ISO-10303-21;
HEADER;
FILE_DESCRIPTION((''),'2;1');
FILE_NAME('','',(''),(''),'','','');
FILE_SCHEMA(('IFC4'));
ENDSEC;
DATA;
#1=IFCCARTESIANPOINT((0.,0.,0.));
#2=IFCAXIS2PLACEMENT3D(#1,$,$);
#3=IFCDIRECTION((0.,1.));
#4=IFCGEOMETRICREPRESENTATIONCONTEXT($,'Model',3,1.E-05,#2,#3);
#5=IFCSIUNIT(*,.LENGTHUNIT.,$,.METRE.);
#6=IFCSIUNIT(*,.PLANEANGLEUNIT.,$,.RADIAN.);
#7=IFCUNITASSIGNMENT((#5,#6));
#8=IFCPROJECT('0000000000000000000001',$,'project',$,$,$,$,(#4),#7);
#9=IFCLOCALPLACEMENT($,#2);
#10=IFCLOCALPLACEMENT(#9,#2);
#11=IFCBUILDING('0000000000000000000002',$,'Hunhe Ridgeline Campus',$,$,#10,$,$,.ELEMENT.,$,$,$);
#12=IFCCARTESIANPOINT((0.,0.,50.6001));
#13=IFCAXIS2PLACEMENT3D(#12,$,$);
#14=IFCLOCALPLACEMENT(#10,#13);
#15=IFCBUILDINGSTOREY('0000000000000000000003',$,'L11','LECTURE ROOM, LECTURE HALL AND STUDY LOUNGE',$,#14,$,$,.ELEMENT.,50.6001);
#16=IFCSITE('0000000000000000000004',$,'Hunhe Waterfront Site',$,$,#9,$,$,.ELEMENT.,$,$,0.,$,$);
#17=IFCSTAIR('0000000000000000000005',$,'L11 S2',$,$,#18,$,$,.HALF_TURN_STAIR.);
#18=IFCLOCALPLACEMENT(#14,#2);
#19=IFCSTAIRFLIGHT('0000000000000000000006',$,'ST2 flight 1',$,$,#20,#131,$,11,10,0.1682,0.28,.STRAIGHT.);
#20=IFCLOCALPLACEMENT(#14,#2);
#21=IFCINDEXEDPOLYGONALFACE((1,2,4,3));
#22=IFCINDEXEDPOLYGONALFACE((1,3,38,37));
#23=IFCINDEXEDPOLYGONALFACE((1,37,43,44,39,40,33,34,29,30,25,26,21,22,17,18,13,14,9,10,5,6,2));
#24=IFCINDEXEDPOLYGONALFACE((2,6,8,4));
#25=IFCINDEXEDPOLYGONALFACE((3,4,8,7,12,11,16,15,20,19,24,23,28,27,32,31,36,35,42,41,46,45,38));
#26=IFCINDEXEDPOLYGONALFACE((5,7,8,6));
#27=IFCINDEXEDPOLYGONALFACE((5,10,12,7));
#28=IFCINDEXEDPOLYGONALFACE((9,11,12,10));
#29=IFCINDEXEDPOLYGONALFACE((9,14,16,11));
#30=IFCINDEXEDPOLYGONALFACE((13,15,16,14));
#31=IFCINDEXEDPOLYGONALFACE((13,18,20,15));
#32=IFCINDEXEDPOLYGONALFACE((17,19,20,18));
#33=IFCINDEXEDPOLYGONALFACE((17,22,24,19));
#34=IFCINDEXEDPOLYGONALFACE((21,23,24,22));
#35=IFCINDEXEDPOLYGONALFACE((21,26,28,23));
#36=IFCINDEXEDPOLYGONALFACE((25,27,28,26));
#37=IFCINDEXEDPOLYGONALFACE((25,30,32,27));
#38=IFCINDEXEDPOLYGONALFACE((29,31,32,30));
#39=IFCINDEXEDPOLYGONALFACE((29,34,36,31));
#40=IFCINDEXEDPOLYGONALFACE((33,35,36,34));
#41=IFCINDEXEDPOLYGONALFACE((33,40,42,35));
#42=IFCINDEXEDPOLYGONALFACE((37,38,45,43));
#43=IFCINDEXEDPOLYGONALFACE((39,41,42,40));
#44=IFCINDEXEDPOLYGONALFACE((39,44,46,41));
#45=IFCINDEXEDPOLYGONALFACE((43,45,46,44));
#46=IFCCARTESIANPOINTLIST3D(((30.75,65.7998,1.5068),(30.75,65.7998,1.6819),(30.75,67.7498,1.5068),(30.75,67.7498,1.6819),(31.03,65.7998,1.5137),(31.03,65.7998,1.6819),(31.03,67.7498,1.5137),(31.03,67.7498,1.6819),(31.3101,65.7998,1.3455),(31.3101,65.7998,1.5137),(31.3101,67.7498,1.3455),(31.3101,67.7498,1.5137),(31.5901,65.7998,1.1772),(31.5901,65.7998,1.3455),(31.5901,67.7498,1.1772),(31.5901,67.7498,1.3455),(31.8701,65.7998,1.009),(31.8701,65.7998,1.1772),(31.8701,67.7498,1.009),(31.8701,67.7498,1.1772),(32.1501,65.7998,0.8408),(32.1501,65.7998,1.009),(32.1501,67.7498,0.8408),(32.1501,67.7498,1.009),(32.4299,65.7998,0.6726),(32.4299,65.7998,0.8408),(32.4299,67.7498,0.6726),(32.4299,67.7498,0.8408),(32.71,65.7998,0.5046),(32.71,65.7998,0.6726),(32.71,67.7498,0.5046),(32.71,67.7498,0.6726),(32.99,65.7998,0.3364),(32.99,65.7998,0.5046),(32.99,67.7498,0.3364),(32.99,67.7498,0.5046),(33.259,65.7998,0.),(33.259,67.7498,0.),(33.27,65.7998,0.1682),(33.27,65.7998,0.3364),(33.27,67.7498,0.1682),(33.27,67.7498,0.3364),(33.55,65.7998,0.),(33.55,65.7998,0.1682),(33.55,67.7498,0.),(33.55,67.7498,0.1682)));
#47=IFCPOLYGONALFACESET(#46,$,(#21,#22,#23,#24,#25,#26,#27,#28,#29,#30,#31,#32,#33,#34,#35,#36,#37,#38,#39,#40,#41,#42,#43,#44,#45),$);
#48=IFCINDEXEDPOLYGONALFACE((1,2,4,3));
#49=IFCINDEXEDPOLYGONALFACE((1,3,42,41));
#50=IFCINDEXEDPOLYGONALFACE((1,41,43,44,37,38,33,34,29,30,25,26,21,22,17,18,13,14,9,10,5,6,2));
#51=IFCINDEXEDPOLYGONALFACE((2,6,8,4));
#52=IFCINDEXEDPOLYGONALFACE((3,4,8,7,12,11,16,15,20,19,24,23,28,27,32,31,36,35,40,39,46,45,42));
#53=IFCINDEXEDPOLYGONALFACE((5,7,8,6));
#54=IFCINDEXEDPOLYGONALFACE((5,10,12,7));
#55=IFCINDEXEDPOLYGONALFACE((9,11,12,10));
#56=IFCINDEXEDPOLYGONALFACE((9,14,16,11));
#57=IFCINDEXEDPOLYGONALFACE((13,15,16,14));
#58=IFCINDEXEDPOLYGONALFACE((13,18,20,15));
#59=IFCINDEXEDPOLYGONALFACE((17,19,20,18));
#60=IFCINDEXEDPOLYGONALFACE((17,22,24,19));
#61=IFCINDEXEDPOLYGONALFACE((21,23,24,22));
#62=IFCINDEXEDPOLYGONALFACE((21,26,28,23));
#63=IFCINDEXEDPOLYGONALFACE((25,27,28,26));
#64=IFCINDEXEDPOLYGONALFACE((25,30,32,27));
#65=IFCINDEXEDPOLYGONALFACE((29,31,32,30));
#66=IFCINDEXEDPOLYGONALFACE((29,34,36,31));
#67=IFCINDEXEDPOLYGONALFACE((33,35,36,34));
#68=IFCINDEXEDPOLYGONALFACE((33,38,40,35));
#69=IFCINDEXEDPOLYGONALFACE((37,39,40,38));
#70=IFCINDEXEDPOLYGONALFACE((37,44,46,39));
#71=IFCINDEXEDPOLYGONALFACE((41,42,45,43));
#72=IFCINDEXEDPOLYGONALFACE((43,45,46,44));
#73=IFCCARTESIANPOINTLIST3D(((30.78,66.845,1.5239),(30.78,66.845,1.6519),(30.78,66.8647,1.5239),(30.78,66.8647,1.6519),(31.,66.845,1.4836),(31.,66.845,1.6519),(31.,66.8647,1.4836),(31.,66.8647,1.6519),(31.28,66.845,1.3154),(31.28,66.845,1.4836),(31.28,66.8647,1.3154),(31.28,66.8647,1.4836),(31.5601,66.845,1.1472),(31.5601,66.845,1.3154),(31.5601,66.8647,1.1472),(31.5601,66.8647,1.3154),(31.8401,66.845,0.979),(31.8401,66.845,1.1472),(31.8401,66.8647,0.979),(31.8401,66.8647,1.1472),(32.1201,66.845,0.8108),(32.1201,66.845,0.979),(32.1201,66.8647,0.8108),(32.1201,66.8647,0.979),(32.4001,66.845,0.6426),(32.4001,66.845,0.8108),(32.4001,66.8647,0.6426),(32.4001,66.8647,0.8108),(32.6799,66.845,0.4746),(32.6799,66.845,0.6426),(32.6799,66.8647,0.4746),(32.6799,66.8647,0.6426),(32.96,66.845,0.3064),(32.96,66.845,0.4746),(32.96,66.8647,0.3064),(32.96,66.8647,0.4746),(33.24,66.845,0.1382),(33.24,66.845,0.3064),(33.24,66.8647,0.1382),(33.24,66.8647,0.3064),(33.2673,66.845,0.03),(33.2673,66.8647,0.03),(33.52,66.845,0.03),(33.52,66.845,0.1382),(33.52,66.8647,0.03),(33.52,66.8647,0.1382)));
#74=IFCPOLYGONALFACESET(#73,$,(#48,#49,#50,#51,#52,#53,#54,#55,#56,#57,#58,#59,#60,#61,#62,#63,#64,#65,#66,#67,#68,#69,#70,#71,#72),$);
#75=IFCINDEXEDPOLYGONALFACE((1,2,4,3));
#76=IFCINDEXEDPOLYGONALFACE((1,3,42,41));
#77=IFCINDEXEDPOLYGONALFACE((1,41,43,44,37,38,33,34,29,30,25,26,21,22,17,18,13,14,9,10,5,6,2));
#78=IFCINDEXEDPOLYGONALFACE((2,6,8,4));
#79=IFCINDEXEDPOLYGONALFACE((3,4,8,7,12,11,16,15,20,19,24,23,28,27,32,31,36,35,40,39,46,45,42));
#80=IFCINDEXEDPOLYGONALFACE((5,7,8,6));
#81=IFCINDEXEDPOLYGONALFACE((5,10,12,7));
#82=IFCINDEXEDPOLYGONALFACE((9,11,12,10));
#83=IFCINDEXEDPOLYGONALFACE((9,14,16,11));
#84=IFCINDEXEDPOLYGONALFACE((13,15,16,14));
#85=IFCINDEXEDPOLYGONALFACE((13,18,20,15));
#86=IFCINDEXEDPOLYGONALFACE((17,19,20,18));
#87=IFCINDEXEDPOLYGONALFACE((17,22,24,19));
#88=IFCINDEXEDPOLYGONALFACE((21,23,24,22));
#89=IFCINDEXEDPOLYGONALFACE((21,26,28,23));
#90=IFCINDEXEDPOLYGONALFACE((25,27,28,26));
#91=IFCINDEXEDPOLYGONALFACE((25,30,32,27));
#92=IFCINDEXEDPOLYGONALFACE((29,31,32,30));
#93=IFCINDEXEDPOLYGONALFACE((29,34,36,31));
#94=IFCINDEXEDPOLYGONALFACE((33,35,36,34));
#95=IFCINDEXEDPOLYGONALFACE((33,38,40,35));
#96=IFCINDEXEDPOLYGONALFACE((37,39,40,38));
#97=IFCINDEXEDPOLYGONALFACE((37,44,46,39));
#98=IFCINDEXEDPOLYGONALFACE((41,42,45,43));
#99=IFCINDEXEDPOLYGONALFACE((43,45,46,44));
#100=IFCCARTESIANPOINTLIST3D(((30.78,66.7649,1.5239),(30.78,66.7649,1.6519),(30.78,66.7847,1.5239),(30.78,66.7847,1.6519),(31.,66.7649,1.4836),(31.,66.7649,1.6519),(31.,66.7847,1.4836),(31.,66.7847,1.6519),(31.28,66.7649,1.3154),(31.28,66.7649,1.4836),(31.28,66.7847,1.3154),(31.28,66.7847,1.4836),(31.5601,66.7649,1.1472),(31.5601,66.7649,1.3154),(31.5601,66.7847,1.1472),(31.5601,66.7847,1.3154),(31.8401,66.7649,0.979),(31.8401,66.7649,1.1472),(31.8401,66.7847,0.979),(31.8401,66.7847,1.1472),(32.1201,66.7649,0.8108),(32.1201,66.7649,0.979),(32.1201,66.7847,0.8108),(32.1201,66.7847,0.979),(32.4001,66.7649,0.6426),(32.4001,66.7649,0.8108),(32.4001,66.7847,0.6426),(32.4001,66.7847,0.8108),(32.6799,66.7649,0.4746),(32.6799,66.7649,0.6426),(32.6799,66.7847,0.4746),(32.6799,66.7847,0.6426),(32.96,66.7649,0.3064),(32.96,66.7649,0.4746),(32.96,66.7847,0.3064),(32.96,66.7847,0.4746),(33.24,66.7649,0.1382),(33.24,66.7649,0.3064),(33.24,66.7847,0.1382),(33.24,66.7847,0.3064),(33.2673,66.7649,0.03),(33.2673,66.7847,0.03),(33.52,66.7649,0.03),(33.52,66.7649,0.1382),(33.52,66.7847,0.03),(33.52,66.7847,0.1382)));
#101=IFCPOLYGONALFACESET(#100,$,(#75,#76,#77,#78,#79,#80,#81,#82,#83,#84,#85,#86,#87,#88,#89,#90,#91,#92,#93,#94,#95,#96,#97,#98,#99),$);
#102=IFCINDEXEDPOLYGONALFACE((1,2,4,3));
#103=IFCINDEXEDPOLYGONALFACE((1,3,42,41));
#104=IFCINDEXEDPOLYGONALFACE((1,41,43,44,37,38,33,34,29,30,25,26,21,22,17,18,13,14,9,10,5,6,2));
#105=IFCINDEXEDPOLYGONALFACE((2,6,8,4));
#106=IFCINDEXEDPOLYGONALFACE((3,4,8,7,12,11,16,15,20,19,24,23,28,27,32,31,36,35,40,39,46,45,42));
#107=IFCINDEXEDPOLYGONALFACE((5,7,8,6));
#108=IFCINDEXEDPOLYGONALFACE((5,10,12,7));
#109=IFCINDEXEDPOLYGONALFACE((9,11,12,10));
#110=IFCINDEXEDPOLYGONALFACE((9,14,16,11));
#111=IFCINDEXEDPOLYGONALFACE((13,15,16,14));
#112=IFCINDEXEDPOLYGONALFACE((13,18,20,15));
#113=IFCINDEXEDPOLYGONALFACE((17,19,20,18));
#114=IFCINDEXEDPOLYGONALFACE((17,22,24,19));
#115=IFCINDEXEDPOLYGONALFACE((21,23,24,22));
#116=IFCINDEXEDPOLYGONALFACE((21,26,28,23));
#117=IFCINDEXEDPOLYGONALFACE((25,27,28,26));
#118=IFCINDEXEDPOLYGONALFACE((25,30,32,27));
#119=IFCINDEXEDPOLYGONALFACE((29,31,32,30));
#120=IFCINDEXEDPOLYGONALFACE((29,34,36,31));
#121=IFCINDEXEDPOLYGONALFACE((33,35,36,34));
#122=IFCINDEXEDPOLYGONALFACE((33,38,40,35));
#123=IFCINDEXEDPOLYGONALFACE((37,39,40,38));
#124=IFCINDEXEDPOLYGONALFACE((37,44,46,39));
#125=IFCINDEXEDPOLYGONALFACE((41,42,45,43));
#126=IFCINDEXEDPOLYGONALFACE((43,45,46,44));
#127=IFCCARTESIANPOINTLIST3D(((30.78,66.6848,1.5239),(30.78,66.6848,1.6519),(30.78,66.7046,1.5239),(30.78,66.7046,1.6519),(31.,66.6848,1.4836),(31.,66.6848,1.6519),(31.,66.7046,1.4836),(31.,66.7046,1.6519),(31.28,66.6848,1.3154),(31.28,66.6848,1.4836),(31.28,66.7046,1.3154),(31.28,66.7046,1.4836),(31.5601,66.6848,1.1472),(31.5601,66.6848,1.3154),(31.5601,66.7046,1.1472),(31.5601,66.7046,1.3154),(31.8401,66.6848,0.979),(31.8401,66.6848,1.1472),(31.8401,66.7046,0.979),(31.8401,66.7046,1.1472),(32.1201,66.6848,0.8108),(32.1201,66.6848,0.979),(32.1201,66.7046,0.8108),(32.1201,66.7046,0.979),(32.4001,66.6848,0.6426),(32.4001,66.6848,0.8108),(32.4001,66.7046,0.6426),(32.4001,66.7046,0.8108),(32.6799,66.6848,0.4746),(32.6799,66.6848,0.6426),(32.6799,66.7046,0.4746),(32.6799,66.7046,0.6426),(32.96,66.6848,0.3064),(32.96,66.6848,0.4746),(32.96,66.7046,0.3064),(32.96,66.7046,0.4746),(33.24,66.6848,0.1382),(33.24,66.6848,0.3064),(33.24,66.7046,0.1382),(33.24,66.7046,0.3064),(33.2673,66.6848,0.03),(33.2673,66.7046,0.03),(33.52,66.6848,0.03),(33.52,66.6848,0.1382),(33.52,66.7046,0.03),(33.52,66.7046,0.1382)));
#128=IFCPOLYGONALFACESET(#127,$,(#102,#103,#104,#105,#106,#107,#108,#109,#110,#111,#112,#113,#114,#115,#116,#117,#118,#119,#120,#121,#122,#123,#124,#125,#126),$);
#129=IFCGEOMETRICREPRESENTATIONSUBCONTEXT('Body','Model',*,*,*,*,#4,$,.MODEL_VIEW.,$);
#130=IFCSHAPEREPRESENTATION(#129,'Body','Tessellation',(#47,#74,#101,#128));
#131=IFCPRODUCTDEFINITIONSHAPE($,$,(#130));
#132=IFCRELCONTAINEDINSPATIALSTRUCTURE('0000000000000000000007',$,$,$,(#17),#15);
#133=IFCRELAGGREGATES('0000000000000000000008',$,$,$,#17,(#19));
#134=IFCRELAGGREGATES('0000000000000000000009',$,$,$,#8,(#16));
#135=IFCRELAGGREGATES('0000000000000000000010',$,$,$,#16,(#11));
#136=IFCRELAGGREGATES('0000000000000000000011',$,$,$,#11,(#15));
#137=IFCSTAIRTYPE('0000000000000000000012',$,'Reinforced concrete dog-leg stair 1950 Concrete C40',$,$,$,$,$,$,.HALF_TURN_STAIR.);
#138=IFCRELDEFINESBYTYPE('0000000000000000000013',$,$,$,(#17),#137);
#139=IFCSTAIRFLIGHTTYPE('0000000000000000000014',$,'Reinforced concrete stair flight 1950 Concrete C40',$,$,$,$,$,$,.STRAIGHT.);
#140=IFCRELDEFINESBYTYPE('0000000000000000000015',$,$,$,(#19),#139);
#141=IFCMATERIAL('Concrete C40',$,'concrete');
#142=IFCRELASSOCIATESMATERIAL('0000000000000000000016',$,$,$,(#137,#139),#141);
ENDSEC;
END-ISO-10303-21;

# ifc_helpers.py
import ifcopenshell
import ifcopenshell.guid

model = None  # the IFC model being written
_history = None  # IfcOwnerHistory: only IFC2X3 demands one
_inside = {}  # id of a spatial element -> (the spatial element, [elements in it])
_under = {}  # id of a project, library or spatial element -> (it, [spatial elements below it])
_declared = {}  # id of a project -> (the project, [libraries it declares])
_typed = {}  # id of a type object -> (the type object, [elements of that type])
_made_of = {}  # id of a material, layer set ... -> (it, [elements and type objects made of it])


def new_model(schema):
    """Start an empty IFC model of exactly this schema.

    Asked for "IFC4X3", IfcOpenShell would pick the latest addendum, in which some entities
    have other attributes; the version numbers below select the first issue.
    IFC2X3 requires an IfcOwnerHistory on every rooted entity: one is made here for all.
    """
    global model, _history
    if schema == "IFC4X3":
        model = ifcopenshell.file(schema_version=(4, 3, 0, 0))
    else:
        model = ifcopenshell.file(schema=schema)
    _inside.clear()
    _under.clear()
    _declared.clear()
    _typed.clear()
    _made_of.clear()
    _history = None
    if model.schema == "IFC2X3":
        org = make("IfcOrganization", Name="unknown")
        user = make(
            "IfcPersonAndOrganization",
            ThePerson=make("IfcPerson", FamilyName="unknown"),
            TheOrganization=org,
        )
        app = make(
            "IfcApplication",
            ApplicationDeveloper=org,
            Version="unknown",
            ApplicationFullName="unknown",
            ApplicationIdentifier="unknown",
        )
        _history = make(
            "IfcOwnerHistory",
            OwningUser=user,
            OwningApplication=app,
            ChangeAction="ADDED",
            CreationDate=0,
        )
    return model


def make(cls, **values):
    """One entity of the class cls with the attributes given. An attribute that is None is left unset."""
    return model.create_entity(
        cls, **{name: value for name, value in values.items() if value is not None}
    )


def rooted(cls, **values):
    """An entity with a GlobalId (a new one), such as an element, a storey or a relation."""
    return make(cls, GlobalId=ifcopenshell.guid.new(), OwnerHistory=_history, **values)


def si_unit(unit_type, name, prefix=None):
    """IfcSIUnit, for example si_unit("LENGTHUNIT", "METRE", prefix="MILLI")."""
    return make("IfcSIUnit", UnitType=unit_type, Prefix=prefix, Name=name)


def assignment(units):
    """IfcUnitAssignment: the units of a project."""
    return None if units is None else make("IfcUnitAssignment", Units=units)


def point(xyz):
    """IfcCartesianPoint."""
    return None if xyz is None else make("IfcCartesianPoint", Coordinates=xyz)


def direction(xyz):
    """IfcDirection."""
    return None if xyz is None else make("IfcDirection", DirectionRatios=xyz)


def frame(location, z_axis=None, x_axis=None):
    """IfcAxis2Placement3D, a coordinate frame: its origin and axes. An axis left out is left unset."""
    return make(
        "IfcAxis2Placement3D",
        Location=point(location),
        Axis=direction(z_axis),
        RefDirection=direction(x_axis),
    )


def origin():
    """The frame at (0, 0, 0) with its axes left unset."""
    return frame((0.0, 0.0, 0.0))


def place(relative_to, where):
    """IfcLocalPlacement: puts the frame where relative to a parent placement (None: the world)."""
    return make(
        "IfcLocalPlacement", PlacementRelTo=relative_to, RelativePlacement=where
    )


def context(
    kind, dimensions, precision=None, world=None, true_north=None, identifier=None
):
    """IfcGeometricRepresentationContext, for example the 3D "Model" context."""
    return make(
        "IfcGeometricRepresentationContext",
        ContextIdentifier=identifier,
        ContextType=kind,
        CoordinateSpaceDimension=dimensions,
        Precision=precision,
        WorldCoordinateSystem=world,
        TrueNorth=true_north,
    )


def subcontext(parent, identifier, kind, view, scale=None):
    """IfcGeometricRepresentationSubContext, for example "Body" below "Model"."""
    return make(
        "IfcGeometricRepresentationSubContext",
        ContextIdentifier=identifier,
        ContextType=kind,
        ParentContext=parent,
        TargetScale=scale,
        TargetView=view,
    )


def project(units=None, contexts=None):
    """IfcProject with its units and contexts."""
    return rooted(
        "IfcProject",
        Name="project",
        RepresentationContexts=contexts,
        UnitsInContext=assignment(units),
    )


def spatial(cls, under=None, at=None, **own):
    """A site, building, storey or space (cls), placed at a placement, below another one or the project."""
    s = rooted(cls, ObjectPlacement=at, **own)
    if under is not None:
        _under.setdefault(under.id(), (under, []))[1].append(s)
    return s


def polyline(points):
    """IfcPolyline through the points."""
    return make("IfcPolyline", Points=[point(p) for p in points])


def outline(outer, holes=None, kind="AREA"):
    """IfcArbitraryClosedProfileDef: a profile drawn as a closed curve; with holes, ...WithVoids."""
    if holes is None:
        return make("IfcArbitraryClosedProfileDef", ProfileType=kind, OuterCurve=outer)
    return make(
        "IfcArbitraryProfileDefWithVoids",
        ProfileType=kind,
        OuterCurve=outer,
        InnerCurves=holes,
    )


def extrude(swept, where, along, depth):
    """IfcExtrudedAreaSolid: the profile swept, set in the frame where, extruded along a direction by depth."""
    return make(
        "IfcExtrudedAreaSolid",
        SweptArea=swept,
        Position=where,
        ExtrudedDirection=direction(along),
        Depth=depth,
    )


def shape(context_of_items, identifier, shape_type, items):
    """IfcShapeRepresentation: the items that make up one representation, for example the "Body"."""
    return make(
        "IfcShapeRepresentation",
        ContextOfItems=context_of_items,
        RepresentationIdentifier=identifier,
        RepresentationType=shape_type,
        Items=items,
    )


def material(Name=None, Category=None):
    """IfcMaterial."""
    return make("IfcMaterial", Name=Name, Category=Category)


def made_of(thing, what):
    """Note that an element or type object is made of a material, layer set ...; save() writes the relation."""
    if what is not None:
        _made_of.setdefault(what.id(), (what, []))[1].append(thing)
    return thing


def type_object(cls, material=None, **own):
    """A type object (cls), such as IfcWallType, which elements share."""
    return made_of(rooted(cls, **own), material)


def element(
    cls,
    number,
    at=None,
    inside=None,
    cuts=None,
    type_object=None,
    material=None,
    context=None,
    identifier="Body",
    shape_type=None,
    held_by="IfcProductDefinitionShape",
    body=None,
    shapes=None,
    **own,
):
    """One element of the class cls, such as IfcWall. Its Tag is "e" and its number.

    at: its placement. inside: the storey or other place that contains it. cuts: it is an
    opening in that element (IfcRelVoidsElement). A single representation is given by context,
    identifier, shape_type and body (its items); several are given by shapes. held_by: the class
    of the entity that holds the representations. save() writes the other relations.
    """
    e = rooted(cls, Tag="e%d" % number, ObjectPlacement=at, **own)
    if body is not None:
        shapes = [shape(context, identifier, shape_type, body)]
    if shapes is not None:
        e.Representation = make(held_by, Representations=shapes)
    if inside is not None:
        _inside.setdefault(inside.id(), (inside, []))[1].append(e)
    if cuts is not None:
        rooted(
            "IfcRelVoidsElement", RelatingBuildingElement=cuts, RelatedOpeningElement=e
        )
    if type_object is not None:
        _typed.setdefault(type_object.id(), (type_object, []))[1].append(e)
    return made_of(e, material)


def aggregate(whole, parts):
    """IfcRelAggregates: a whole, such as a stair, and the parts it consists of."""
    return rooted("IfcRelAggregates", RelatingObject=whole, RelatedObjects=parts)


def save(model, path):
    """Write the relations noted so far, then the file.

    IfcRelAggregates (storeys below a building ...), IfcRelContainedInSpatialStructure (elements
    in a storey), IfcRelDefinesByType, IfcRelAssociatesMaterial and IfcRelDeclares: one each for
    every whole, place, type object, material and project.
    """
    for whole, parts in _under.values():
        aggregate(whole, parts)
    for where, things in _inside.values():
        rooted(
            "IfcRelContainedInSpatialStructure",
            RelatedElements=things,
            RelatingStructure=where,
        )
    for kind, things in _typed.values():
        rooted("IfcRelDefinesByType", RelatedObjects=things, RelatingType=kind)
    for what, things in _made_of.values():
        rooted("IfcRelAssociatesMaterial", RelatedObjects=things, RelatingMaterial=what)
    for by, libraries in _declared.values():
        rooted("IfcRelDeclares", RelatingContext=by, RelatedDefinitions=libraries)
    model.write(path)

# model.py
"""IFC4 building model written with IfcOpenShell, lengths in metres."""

from ifc_helpers import new_model, si_unit, direction, frame, origin, place, context, subcontext, project, spatial, polyline, outline, extrude, material, type_object, element, aggregate, save


model = new_model("IFC4")

# Units and contexts
model_context = context("Model", 3, precision=1e-05, world=origin(), true_north=direction((0.0, 1.0)))
body_context = subcontext(model_context, "Body", "Model", "MODEL_VIEW")
ifc_project = project(units=[si_unit("LENGTHUNIT", "METRE"), si_unit("PLANEANGLEUNIT", "RADIAN")], contexts=[model_context])

# Site, building, storey
site_placement = place(None, origin())
site = spatial("IfcSite", under=ifc_project, at=site_placement, Name="Hunhe Waterfront Site", CompositionType="ELEMENT", RefElevation=0.0)
building_placement = place(site_placement, origin())
building = spatial("IfcBuilding", under=site, at=building_placement, Name="Hunhe Ridgeline Campus", CompositionType="ELEMENT")
storey_placement = place(building_placement, frame((0.0, 0.0, 50.6001)))
storey = spatial("IfcBuildingStorey", under=building, at=storey_placement, Name="L11", Description="LECTURE ROOM, LECTURE HALL AND STUDY LOUNGE", CompositionType="ELEMENT", Elevation=50.6001)

# Stair, stair flight
ifc_material_1 = material(Name="Concrete C40", Category="concrete")
stair_type = type_object("IfcStairType", Name="Reinforced concrete dog-leg stair 1950 Concrete C40", PredefinedType="HALF_TURN_STAIR", material=ifc_material_1)
stair_placement = place(storey_placement, origin())
stair = element("IfcStair", 1, at=stair_placement, inside=storey, type_object=stair_type, Name="L11 S2", PredefinedType="HALF_TURN_STAIR")
stair_flight_type = type_object("IfcStairFlightType", Name="Reinforced concrete stair flight 1950 Concrete C40", PredefinedType="STRAIGHT", material=ifc_material_1)
stair_flight_1_placement = place(storey_placement, frame((33.55, 66.7749, 0.0), z_axis=(0.0, 0.0, 1.0), x_axis=(-1.0, 0.0, 0.0)))
stair_flight_1 = element("IfcStairFlight", 2, at=stair_flight_1_placement, type_object=stair_flight_type, Name="ST2 flight 1", NumberOfRisers=11, NumberOfTreads=10, PredefinedType="STRAIGHT", RiserHeight=0.1682, TreadLength=0.28, context=body_context, shape_type="SweptSolid", body=[
    extrude(outline(polyline([(0.0, 0.0), (0.0, 0.1682), (0.28, 0.1682), (0.28, 0.3364), (0.5601, 0.3364), (0.5601, 0.5046), (0.8401, 0.5046), (0.8401, 0.6726), (1.1201, 0.6726), (1.1201, 0.8408), (1.3999, 0.8408), (1.3999, 1.009), (1.6799, 1.009), (1.6799, 1.1772), (1.96, 1.1772), (1.96, 1.3455), (2.24, 1.3455), (2.24, 1.5137), (2.52, 1.5137), (2.52, 1.6819), (2.8, 1.6819), (2.8, 1.8501), (2.8, 1.5068), (0.291, 0.0), (0.0, 0.0)])), frame((0.0, 0.9751, 0.0), z_axis=(0.0, -1.0, 0.0), x_axis=(1.0, 0.0, 0.0)), (0.0, 0.0, 1.0), 1.95),
    extrude(outline(polyline([(0.03, 0.03), (0.03, 0.1382), (0.3101, 0.1382), (0.3101, 0.3064), (0.5901, 0.3064), (0.5901, 0.4746), (0.8701, 0.4746), (0.8701, 0.6426), (1.1499, 0.6426), (1.1499, 0.8108), (1.4299, 0.8108), (1.4299, 0.979), (1.71, 0.979), (1.71, 1.1472), (1.99, 1.1472), (1.99, 1.3154), (2.27, 1.3154), (2.27, 1.4836), (2.55, 1.4836), (2.55, 1.6519), (2.77, 1.6519), (2.77, 1.5239), (0.2827, 0.03), (0.03, 0.03)])), frame((0.0, -0.0701, 0.0), z_axis=(0.0, -1.0, 0.0), x_axis=(1.0, 0.0, 0.0)), (0.0, 0.0, 1.0), 0.0198),
    extrude(outline(polyline([(0.03, 0.03), (0.03, 0.1382), (0.3101, 0.1382), (0.3101, 0.3064), (0.5901, 0.3064), (0.5901, 0.4746), (0.8701, 0.4746), (0.8701, 0.6426), (1.1499, 0.6426), (1.1499, 0.8108), (1.4299, 0.8108), (1.4299, 0.979), (1.71, 0.979), (1.71, 1.1472), (1.99, 1.1472), (1.99, 1.3154), (2.27, 1.3154), (2.27, 1.4836), (2.55, 1.4836), (2.55, 1.6519), (2.77, 1.6519), (2.77, 1.5239), (0.2827, 0.03), (0.03, 0.03)])), frame((0.0, 0.01, 0.0), z_axis=(0.0, -1.0, 0.0), x_axis=(1.0, 0.0, 0.0)), (0.0, 0.0, 1.0), 0.0198),
    extrude(outline(polyline([(0.03, 0.03), (0.03, 0.1382), (0.3101, 0.1382), (0.3101, 0.3064), (0.5901, 0.3064), (0.5901, 0.4746), (0.8701, 0.4746), (0.8701, 0.6426), (1.1499, 0.6426), (1.1499, 0.8108), (1.4299, 0.8108), (1.4299, 0.979), (1.71, 0.979), (1.71, 1.1472), (1.99, 1.1472), (1.99, 1.3154), (2.27, 1.3154), (2.27, 1.4836), (2.55, 1.4836), (2.55, 1.6519), (2.77, 1.6519), (2.77, 1.5239), (0.2827, 0.03), (0.03, 0.03)])), frame((0.0, 0.0901, 0.0), z_axis=(0.0, -1.0, 0.0), x_axis=(1.0, 0.0, 0.0)), (0.0, 0.0, 1.0), 0.0198),
])
aggregate(stair, [stair_flight_1])

save(model, "model.ifc")
